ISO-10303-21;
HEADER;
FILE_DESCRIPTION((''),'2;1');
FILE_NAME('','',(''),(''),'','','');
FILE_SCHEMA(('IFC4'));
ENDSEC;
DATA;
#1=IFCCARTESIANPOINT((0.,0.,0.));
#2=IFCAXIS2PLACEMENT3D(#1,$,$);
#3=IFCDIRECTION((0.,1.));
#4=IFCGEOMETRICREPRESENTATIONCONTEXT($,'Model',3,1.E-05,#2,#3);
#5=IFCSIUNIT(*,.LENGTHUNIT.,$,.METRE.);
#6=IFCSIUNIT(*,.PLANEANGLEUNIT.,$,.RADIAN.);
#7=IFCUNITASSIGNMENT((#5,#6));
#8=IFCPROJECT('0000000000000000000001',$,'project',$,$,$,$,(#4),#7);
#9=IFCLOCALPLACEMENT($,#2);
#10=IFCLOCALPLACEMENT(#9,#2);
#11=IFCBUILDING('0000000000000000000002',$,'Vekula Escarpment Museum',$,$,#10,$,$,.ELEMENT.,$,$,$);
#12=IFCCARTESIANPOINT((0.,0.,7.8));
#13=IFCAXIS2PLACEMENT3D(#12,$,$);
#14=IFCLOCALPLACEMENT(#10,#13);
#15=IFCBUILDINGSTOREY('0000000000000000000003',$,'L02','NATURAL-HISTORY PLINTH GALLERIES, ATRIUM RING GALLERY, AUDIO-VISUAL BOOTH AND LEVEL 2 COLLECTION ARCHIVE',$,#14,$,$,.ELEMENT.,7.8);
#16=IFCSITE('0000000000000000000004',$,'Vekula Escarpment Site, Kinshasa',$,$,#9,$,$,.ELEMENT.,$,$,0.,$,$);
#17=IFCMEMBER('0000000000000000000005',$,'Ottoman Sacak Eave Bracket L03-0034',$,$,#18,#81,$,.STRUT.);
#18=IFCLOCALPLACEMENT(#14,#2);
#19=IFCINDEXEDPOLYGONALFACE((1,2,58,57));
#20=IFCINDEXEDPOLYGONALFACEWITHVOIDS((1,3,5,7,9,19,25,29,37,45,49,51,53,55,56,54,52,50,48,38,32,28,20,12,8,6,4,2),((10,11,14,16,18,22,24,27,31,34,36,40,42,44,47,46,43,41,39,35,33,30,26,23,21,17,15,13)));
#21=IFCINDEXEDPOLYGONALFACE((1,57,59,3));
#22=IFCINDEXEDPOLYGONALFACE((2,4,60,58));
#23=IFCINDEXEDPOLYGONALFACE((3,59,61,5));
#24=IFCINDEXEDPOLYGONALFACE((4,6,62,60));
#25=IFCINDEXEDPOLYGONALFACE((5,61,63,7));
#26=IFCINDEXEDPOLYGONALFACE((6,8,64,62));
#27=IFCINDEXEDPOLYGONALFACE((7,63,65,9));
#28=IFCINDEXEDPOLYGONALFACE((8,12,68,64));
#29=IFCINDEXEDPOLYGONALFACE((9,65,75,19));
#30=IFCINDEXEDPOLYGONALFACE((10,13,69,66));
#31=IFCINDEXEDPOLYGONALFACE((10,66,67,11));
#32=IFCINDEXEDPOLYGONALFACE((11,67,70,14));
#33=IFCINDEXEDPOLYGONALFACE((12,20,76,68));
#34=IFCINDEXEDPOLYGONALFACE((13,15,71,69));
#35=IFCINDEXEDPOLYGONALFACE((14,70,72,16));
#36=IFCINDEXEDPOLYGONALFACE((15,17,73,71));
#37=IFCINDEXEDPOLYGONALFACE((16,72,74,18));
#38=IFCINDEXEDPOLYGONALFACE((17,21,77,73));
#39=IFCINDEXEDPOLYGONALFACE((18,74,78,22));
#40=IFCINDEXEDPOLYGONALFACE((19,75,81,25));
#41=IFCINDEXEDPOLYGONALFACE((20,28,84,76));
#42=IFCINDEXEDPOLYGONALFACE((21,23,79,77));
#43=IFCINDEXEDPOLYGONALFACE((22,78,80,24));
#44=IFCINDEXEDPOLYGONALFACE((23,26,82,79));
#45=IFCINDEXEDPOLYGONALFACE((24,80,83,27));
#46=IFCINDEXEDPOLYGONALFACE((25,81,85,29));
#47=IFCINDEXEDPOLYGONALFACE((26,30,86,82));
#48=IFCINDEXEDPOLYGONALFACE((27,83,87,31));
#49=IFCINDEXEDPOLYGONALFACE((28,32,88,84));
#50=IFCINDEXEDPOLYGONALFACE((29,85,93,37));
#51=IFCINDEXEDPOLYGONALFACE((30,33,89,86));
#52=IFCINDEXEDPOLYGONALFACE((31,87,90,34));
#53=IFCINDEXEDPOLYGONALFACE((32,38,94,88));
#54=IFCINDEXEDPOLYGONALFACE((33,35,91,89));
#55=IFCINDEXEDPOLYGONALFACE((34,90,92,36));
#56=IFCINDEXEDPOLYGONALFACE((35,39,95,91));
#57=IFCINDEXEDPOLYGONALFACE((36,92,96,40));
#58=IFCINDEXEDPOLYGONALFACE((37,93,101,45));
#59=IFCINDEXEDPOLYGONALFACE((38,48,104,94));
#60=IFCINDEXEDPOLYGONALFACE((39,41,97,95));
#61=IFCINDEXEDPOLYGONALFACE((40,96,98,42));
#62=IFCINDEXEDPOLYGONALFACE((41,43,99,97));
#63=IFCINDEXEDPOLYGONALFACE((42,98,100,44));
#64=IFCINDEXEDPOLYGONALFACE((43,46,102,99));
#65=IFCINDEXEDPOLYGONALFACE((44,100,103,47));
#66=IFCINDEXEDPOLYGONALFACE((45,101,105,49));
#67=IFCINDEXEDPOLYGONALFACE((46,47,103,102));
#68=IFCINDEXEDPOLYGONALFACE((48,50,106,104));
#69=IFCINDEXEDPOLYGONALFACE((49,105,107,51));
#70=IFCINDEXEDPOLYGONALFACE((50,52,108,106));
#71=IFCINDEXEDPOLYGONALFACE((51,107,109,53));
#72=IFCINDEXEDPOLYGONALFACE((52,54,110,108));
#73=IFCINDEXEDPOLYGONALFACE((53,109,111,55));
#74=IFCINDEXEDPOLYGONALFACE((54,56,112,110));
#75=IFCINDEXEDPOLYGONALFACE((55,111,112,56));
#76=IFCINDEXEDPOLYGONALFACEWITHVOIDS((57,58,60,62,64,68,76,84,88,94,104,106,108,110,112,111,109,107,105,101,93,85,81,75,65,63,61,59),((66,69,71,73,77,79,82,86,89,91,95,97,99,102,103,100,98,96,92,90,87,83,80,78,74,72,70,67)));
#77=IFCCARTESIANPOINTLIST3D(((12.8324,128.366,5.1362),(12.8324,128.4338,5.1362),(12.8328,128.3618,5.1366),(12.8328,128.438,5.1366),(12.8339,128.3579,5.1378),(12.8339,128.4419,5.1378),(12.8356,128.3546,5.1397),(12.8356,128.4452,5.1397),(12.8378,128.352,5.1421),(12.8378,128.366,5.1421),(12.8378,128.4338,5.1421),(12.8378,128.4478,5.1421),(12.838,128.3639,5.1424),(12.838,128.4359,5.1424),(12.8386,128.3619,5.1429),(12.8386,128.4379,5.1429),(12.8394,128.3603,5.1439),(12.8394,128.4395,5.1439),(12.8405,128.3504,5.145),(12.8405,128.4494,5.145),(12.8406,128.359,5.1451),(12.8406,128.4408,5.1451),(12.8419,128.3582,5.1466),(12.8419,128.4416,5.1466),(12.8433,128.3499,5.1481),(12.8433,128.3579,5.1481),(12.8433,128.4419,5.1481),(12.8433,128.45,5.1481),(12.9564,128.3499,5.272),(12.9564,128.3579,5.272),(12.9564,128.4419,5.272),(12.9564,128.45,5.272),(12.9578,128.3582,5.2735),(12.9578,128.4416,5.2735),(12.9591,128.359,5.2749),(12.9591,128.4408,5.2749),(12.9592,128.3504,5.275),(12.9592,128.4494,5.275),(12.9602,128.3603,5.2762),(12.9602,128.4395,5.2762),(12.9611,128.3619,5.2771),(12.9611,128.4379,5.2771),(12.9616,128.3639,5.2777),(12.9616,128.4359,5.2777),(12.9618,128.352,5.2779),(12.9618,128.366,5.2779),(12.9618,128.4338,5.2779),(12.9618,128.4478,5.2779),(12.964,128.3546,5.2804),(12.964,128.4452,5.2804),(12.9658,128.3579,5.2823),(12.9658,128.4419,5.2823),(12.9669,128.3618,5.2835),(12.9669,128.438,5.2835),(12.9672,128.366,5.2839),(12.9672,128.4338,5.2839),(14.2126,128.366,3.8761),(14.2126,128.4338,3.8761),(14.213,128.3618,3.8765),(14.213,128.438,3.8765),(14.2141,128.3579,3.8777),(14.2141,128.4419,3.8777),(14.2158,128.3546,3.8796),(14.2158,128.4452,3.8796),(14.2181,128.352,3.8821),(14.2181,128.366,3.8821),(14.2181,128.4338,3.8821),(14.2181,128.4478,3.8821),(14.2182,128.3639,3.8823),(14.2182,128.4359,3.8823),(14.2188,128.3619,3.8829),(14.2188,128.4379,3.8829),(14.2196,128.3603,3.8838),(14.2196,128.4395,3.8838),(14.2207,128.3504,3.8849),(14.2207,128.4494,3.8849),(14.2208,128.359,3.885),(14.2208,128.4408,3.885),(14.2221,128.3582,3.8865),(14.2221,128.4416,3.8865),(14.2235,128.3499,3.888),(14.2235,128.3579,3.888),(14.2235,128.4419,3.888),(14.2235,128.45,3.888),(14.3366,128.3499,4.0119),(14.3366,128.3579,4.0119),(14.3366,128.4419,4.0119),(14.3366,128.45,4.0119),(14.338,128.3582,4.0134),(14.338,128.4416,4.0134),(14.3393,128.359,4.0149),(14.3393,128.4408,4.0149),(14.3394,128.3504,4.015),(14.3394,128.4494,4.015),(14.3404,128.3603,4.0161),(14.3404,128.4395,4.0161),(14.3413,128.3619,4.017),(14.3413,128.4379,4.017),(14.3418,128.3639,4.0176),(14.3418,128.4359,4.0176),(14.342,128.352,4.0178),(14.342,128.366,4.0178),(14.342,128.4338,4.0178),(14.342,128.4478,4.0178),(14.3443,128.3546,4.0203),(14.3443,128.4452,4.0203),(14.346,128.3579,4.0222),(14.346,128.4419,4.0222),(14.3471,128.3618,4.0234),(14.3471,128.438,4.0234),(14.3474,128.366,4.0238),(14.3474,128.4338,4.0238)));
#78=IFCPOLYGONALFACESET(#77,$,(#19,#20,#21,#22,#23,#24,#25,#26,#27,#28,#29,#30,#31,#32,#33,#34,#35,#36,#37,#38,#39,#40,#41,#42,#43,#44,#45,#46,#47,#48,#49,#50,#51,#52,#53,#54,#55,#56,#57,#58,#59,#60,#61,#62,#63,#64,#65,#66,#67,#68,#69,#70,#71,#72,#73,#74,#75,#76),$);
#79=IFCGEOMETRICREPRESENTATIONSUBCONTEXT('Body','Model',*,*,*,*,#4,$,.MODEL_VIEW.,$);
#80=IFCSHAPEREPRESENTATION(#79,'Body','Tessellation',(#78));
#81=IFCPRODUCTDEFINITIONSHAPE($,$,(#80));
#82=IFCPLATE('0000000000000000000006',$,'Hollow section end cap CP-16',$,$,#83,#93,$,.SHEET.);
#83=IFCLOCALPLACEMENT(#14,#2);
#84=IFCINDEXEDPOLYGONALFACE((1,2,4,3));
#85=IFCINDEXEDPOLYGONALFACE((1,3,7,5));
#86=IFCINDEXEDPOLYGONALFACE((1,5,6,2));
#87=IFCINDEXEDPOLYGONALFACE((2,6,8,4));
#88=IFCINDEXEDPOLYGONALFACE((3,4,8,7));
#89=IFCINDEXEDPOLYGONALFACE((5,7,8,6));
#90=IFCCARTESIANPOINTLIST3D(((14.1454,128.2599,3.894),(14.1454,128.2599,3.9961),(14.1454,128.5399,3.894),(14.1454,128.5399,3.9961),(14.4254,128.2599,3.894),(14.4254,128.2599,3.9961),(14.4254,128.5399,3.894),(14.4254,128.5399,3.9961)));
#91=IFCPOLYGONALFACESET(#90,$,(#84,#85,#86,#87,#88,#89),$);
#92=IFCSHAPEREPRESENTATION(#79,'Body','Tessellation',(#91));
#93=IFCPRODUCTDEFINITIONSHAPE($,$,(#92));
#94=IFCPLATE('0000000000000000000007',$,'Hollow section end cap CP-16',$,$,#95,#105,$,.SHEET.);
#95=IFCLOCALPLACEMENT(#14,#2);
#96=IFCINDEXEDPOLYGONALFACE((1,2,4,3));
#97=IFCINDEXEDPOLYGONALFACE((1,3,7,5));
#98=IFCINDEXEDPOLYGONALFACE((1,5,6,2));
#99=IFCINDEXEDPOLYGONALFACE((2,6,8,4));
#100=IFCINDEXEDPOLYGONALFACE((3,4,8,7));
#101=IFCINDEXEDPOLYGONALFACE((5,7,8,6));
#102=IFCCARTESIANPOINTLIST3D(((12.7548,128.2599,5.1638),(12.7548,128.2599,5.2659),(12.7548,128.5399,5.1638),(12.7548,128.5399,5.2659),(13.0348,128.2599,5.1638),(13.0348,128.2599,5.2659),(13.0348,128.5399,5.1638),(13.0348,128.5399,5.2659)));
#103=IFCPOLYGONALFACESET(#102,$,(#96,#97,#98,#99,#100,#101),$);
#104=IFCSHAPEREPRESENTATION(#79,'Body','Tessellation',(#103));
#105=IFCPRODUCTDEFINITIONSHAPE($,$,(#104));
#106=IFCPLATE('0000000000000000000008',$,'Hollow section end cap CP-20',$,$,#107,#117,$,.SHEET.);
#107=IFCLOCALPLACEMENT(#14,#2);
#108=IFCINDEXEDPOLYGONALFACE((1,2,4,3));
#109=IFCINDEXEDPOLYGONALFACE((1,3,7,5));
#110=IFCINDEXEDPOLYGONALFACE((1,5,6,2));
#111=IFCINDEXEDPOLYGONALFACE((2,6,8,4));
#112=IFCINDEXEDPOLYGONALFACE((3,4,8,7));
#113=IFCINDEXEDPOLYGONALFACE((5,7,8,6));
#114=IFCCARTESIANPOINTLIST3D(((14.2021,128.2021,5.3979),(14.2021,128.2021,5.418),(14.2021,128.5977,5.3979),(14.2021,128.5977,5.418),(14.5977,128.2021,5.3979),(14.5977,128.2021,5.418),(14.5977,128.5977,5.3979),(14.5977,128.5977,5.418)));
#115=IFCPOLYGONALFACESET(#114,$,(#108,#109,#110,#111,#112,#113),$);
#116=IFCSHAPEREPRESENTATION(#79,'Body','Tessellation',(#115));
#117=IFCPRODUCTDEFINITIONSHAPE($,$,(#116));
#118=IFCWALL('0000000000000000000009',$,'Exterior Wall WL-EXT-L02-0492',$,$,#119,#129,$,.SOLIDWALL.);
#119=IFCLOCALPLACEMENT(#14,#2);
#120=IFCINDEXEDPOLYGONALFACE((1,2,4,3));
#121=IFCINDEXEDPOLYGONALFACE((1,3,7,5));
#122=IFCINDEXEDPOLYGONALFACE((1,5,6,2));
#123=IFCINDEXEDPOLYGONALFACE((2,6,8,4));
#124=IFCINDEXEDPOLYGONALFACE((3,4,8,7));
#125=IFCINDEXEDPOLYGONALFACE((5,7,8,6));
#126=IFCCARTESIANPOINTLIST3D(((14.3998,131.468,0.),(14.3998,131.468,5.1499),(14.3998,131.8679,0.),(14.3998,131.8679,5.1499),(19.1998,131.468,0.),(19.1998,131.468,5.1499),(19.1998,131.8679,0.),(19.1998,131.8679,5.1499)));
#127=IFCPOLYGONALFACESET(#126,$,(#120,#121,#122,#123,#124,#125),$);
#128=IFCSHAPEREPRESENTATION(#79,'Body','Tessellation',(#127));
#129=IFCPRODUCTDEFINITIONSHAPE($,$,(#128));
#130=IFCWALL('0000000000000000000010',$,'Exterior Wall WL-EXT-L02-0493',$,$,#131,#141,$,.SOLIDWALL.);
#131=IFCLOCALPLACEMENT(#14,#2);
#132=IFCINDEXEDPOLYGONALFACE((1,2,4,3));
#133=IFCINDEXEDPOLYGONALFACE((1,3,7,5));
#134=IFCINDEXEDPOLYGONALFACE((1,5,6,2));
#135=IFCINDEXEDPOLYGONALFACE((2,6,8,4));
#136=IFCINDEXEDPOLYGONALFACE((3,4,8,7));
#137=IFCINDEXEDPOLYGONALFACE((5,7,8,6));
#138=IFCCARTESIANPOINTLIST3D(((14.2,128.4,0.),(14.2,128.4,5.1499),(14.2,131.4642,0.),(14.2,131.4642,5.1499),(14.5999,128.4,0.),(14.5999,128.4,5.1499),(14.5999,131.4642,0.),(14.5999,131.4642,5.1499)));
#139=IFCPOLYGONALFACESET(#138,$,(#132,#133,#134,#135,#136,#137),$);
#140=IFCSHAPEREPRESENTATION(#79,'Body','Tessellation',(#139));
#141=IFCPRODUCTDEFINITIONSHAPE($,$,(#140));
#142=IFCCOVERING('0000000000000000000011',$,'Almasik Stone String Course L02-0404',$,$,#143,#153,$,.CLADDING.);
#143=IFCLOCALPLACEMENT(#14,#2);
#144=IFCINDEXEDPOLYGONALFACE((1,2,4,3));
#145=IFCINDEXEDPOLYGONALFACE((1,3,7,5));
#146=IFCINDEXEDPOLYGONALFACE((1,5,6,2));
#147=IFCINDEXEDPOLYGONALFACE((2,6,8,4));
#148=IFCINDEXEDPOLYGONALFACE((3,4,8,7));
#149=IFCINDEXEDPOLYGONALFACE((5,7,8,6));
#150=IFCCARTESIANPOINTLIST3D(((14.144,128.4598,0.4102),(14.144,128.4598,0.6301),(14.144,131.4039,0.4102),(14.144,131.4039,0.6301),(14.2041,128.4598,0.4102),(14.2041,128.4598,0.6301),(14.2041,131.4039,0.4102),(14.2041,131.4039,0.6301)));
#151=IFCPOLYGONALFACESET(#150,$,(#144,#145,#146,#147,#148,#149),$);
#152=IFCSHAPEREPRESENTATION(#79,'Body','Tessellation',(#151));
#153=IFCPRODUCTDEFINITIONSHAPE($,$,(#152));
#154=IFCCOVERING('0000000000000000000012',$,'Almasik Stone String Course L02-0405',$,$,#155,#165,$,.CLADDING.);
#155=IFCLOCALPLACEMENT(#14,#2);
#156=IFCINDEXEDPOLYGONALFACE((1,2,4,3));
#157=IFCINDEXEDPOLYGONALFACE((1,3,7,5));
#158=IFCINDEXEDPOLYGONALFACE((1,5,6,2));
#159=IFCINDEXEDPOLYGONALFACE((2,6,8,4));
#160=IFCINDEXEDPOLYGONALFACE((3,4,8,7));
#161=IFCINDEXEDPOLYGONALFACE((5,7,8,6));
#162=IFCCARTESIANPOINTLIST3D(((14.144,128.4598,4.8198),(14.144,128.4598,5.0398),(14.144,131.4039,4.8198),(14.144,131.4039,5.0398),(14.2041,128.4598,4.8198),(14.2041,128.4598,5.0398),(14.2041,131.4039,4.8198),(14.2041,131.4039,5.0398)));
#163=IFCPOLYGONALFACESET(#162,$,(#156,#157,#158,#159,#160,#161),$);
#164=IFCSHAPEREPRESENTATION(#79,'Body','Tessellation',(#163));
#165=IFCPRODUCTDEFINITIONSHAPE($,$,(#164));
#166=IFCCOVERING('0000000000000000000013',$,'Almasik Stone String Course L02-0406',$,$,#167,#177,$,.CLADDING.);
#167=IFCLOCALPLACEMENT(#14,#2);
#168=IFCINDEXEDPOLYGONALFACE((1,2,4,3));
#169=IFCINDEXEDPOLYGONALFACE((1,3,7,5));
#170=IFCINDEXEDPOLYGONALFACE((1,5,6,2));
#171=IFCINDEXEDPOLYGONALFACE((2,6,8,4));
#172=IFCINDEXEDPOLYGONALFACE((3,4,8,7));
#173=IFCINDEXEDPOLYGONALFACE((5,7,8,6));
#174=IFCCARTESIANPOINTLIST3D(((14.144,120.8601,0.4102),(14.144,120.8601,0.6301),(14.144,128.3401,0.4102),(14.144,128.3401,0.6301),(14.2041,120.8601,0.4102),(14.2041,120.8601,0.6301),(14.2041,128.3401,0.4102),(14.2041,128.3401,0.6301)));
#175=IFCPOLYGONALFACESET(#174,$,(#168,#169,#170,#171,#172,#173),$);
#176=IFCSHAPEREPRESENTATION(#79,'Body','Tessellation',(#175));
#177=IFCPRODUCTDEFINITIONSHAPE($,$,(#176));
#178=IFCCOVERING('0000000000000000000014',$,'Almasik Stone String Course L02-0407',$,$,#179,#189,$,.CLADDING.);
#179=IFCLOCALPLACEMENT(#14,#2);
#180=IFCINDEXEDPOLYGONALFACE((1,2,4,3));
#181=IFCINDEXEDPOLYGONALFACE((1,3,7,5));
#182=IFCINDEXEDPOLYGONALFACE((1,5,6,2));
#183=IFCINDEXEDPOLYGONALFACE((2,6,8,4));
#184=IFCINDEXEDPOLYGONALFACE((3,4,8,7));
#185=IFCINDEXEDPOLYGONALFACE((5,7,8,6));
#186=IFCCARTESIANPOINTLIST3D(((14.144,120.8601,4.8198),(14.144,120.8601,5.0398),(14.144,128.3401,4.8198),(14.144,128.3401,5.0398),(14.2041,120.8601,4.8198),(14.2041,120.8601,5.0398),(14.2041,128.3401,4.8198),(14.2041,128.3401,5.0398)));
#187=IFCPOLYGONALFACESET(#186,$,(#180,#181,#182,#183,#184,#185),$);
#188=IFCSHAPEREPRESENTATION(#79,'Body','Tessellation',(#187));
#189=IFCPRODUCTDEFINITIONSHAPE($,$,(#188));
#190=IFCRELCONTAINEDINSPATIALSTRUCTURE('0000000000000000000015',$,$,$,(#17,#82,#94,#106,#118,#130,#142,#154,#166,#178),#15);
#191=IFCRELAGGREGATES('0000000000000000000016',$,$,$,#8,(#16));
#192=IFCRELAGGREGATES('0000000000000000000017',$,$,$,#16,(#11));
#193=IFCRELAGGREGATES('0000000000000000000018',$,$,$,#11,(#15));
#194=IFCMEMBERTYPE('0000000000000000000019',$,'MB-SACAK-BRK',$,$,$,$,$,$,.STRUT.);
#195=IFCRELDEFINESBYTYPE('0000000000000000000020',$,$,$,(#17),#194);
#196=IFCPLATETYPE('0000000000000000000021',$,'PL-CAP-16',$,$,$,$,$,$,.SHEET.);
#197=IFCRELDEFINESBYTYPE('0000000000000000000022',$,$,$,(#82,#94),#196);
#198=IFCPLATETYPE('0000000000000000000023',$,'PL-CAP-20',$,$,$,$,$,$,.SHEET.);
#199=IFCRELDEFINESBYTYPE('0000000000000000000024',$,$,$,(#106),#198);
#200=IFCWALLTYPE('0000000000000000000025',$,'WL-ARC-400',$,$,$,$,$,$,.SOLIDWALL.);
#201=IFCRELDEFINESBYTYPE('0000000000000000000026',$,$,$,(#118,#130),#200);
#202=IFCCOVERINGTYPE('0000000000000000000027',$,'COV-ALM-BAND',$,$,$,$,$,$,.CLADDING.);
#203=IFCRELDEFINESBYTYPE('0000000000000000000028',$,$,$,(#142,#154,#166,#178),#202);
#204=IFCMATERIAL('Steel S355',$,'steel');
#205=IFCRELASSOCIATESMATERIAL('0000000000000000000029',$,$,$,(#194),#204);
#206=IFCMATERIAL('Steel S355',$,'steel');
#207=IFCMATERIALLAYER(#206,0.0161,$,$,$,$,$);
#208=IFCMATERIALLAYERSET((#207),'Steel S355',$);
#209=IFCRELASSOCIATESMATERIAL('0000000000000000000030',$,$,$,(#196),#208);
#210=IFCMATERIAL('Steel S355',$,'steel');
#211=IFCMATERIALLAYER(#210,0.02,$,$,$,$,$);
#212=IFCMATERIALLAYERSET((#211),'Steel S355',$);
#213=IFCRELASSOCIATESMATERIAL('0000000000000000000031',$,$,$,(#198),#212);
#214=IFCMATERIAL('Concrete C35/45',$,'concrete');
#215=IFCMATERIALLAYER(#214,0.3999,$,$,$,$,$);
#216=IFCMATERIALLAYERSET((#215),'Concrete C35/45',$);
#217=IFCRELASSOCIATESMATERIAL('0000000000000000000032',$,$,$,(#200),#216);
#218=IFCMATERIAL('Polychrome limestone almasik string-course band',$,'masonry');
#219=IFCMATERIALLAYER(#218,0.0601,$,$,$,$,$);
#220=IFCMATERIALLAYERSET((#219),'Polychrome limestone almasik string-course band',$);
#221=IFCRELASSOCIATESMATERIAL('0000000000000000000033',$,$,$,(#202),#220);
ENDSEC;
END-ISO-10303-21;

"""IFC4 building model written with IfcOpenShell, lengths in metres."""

from ifc_helpers import new_model, si_unit, direction, frame, frame_2d, origin, origin_2d, place, context, subcontext, project, spatial, rectangle, hollow_rectangle, extrude, material, layer, layer_set, material_profile, profile_set, type_object, element, save


model = new_model("IFC4")

# Units and contexts
model_context = context("Model", 3, precision=1e-05, world=origin(), true_north=direction((0.0, 1.0)))
body_context = subcontext(model_context, "Body", "Model", "MODEL_VIEW")
ifc_project = project(units=[si_unit("LENGTHUNIT", "METRE"), si_unit("PLANEANGLEUNIT", "RADIAN")], contexts=[model_context])

# Site, building, storey
site_placement = place(None, origin())
site = spatial("IfcSite", under=ifc_project, at=site_placement, Name="Vekula Escarpment Site, Kinshasa", CompositionType="ELEMENT", RefElevation=0.0)
building_placement = place(site_placement, origin())
building = spatial("IfcBuilding", under=site, at=building_placement, Name="Vekula Escarpment Museum", CompositionType="ELEMENT")
storey_placement = place(building_placement, frame((0.0, 0.0, 7.8)))
storey = spatial("IfcBuildingStorey", under=building, at=storey_placement, Name="L02", Description="NATURAL-HISTORY PLINTH GALLERIES, ATRIUM RING GALLERY, AUDIO-VISUAL BOOTH AND LEVEL 2 COLLECTION ARCHIVE", CompositionType="ELEMENT", Elevation=7.8)

# Member
ifc_material_1 = material(Name="Steel S355", Category="steel")
ifc_material_profile_1 = material_profile(ifc_material_1, hollow_rectangle(XDim=0.1001, YDim=0.2, WallThickness=0.0081, InnerFilletRadius=0.0081, OuterFilletRadius=0.0161, at=origin_2d()), Name="RHS 200x100x8")
ifc_profile_set_1 = profile_set([ifc_material_profile_1], Name="Steel S355")
member_type = type_object("IfcMemberType", Name="MB-SACAK-BRK", PredefinedType="STRUT", material=ifc_profile_set_1)
member_placement = place(storey_placement, frame((14.28, 128.3999, 3.95), z_axis=(-0.738514, 0.0, 0.674238), x_axis=(0.0, -1.0, 0.0)))
element("IfcMember", 1, at=member_placement, inside=storey, type_object=member_type, Name="Ottoman Sacak Eave Bracket L03-0034", PredefinedType="STRUT", context=body_context, shape_type="SweptSolid", body=[
    extrude(hollow_rectangle(XDim=0.1001, YDim=0.2, WallThickness=0.0081, InnerFilletRadius=0.0081, OuterFilletRadius=0.0161, at=origin_2d()), origin(), (0.0, 0.0, 1.0), 1.8689),
])

# Plates
ifc_material_2 = material(Name="Steel S355", Category="steel")
ifc_layer_1 = layer(ifc_material_2, 0.0161)
ifc_layer_set_1 = layer_set([ifc_layer_1], Name="Steel S355")
plate_type_1 = type_object("IfcPlateType", Name="PL-CAP-16", PredefinedType="SHEET", material=ifc_layer_set_1)
for number, where, z_axis, x_axis, name in (
    (2, (14.2854, 128.3999, 3.894), (0.0, 0.0, 1.0), (1.0, 0.0, 0.0), "Hollow section end cap CP-16"),
    (3, (12.8948, 128.3999, 5.1638), (0.0, 0.0, 1.0), (1.0, 0.0, 0.0), "Hollow section end cap CP-16"),
):
    element("IfcPlate", number, at=place(storey_placement, frame(where, z_axis=z_axis, x_axis=x_axis)), inside=storey, type_object=plate_type_1, Name=name, PredefinedType="SHEET", context=body_context, shape_type="SweptSolid", body=[
        extrude(rectangle(XDim=0.28, YDim=0.28, at=origin_2d()), origin(), (0.0, 0.0, 1.0), 0.1021),
    ])
ifc_material_3 = material(Name="Steel S355", Category="steel")
ifc_layer_2 = layer(ifc_material_3, 0.02)
ifc_layer_set_2 = layer_set([ifc_layer_2], Name="Steel S355")
plate_type_2 = type_object("IfcPlateType", Name="PL-CAP-20", PredefinedType="SHEET", material=ifc_layer_set_2)
plate_placement = place(storey_placement, frame((14.3999, 128.3999, 5.3979), z_axis=(0.0, 0.0, 1.0), x_axis=(1.0, 0.0, 0.0)))
element("IfcPlate", 4, at=plate_placement, inside=storey, type_object=plate_type_2, Name="Hollow section end cap CP-20", PredefinedType="SHEET", context=body_context, shape_type="SweptSolid", body=[
    extrude(rectangle(XDim=0.3955, YDim=0.3955, at=origin_2d()), origin(), (0.0, 0.0, 1.0), 0.02),
])

# Walls
ifc_material_4 = material(Name="Concrete C35/45", Category="concrete")
ifc_layer_3 = layer(ifc_material_4, 0.3999)
ifc_layer_set_3 = layer_set([ifc_layer_3], Name="Concrete C35/45")
wall_type = type_object("IfcWallType", Name="WL-ARC-400", PredefinedType="SOLIDWALL", material=ifc_layer_set_3)
wall_1_placement = place(storey_placement, frame((14.3999, 131.668, 0.0), z_axis=(0.0, 0.0, 1.0), x_axis=(1.0, 0.0, 0.0)))
element("IfcWall", 5, at=wall_1_placement, inside=storey, type_object=wall_type, Name="Exterior Wall WL-EXT-L02-0492", PredefinedType="SOLIDWALL", context=body_context, shape_type="SweptSolid", body=[
    extrude(rectangle(XDim=4.8, YDim=0.3999, at=frame_2d((2.3999, 0.0))), origin(), (0.0, 0.0, 1.0), 5.1499),
])
wall_2_placement = place(storey_placement, frame((14.3999, 128.3999, 0.0), z_axis=(0.0, 0.0, 1.0), x_axis=(0.0, 1.0, 0.0)))
element("IfcWall", 6, at=wall_2_placement, inside=storey, type_object=wall_type, Name="Exterior Wall WL-EXT-L02-0493", PredefinedType="SOLIDWALL", context=body_context, shape_type="SweptSolid", body=[
    extrude(rectangle(XDim=3.0642, YDim=0.3999, at=frame_2d((1.5322, 0.0))), origin(), (0.0, 0.0, 1.0), 5.1499),
])

# Coverings
ifc_material_5 = material(Name="Polychrome limestone almasik string-course band", Category="masonry")
ifc_layer_4 = layer(ifc_material_5, 0.0601)
ifc_layer_set_4 = layer_set([ifc_layer_4], Name="Polychrome limestone almasik string-course band")
covering_type = type_object("IfcCoveringType", Name="COV-ALM-BAND", PredefinedType="CLADDING", material=ifc_layer_set_4)
for number, where, z_axis, x_axis, name in (
    (7, (14.1741, 129.9319, 0.4102), (0.0, 0.0, 1.0), (0.0, 1.0, 0.0), "Almasik Stone String Course L02-0404"),
    (8, (14.1741, 129.9319, 4.8198), (0.0, 0.0, 1.0), (0.0, 1.0, 0.0), "Almasik Stone String Course L02-0405"),
):
    element("IfcCovering", number, at=place(storey_placement, frame(where, z_axis=z_axis, x_axis=x_axis)), inside=storey, type_object=covering_type, Name=name, PredefinedType="CLADDING", context=body_context, shape_type="SweptSolid", body=[
        extrude(rectangle(XDim=2.9441, YDim=0.0601, at=origin_2d()), origin(), (0.0, 0.0, 1.0), 0.22),
    ])
for number, where, z_axis, x_axis, name in (
    (9, (14.1741, 124.6001, 0.4102), (0.0, 0.0, 1.0), (0.0, 1.0, 0.0), "Almasik Stone String Course L02-0406"),
    (10, (14.1741, 124.6001, 4.8198), (0.0, 0.0, 1.0), (0.0, 1.0, 0.0), "Almasik Stone String Course L02-0407"),
):
    element("IfcCovering", number, at=place(storey_placement, frame(where, z_axis=z_axis, x_axis=x_axis)), inside=storey, type_object=covering_type, Name=name, PredefinedType="CLADDING", context=body_context, shape_type="SweptSolid", body=[
        extrude(rectangle(XDim=7.48, YDim=0.0601, at=origin_2d()), origin(), (0.0, 0.0, 1.0), 0.22),
    ])

save(model, "model.ifc")
